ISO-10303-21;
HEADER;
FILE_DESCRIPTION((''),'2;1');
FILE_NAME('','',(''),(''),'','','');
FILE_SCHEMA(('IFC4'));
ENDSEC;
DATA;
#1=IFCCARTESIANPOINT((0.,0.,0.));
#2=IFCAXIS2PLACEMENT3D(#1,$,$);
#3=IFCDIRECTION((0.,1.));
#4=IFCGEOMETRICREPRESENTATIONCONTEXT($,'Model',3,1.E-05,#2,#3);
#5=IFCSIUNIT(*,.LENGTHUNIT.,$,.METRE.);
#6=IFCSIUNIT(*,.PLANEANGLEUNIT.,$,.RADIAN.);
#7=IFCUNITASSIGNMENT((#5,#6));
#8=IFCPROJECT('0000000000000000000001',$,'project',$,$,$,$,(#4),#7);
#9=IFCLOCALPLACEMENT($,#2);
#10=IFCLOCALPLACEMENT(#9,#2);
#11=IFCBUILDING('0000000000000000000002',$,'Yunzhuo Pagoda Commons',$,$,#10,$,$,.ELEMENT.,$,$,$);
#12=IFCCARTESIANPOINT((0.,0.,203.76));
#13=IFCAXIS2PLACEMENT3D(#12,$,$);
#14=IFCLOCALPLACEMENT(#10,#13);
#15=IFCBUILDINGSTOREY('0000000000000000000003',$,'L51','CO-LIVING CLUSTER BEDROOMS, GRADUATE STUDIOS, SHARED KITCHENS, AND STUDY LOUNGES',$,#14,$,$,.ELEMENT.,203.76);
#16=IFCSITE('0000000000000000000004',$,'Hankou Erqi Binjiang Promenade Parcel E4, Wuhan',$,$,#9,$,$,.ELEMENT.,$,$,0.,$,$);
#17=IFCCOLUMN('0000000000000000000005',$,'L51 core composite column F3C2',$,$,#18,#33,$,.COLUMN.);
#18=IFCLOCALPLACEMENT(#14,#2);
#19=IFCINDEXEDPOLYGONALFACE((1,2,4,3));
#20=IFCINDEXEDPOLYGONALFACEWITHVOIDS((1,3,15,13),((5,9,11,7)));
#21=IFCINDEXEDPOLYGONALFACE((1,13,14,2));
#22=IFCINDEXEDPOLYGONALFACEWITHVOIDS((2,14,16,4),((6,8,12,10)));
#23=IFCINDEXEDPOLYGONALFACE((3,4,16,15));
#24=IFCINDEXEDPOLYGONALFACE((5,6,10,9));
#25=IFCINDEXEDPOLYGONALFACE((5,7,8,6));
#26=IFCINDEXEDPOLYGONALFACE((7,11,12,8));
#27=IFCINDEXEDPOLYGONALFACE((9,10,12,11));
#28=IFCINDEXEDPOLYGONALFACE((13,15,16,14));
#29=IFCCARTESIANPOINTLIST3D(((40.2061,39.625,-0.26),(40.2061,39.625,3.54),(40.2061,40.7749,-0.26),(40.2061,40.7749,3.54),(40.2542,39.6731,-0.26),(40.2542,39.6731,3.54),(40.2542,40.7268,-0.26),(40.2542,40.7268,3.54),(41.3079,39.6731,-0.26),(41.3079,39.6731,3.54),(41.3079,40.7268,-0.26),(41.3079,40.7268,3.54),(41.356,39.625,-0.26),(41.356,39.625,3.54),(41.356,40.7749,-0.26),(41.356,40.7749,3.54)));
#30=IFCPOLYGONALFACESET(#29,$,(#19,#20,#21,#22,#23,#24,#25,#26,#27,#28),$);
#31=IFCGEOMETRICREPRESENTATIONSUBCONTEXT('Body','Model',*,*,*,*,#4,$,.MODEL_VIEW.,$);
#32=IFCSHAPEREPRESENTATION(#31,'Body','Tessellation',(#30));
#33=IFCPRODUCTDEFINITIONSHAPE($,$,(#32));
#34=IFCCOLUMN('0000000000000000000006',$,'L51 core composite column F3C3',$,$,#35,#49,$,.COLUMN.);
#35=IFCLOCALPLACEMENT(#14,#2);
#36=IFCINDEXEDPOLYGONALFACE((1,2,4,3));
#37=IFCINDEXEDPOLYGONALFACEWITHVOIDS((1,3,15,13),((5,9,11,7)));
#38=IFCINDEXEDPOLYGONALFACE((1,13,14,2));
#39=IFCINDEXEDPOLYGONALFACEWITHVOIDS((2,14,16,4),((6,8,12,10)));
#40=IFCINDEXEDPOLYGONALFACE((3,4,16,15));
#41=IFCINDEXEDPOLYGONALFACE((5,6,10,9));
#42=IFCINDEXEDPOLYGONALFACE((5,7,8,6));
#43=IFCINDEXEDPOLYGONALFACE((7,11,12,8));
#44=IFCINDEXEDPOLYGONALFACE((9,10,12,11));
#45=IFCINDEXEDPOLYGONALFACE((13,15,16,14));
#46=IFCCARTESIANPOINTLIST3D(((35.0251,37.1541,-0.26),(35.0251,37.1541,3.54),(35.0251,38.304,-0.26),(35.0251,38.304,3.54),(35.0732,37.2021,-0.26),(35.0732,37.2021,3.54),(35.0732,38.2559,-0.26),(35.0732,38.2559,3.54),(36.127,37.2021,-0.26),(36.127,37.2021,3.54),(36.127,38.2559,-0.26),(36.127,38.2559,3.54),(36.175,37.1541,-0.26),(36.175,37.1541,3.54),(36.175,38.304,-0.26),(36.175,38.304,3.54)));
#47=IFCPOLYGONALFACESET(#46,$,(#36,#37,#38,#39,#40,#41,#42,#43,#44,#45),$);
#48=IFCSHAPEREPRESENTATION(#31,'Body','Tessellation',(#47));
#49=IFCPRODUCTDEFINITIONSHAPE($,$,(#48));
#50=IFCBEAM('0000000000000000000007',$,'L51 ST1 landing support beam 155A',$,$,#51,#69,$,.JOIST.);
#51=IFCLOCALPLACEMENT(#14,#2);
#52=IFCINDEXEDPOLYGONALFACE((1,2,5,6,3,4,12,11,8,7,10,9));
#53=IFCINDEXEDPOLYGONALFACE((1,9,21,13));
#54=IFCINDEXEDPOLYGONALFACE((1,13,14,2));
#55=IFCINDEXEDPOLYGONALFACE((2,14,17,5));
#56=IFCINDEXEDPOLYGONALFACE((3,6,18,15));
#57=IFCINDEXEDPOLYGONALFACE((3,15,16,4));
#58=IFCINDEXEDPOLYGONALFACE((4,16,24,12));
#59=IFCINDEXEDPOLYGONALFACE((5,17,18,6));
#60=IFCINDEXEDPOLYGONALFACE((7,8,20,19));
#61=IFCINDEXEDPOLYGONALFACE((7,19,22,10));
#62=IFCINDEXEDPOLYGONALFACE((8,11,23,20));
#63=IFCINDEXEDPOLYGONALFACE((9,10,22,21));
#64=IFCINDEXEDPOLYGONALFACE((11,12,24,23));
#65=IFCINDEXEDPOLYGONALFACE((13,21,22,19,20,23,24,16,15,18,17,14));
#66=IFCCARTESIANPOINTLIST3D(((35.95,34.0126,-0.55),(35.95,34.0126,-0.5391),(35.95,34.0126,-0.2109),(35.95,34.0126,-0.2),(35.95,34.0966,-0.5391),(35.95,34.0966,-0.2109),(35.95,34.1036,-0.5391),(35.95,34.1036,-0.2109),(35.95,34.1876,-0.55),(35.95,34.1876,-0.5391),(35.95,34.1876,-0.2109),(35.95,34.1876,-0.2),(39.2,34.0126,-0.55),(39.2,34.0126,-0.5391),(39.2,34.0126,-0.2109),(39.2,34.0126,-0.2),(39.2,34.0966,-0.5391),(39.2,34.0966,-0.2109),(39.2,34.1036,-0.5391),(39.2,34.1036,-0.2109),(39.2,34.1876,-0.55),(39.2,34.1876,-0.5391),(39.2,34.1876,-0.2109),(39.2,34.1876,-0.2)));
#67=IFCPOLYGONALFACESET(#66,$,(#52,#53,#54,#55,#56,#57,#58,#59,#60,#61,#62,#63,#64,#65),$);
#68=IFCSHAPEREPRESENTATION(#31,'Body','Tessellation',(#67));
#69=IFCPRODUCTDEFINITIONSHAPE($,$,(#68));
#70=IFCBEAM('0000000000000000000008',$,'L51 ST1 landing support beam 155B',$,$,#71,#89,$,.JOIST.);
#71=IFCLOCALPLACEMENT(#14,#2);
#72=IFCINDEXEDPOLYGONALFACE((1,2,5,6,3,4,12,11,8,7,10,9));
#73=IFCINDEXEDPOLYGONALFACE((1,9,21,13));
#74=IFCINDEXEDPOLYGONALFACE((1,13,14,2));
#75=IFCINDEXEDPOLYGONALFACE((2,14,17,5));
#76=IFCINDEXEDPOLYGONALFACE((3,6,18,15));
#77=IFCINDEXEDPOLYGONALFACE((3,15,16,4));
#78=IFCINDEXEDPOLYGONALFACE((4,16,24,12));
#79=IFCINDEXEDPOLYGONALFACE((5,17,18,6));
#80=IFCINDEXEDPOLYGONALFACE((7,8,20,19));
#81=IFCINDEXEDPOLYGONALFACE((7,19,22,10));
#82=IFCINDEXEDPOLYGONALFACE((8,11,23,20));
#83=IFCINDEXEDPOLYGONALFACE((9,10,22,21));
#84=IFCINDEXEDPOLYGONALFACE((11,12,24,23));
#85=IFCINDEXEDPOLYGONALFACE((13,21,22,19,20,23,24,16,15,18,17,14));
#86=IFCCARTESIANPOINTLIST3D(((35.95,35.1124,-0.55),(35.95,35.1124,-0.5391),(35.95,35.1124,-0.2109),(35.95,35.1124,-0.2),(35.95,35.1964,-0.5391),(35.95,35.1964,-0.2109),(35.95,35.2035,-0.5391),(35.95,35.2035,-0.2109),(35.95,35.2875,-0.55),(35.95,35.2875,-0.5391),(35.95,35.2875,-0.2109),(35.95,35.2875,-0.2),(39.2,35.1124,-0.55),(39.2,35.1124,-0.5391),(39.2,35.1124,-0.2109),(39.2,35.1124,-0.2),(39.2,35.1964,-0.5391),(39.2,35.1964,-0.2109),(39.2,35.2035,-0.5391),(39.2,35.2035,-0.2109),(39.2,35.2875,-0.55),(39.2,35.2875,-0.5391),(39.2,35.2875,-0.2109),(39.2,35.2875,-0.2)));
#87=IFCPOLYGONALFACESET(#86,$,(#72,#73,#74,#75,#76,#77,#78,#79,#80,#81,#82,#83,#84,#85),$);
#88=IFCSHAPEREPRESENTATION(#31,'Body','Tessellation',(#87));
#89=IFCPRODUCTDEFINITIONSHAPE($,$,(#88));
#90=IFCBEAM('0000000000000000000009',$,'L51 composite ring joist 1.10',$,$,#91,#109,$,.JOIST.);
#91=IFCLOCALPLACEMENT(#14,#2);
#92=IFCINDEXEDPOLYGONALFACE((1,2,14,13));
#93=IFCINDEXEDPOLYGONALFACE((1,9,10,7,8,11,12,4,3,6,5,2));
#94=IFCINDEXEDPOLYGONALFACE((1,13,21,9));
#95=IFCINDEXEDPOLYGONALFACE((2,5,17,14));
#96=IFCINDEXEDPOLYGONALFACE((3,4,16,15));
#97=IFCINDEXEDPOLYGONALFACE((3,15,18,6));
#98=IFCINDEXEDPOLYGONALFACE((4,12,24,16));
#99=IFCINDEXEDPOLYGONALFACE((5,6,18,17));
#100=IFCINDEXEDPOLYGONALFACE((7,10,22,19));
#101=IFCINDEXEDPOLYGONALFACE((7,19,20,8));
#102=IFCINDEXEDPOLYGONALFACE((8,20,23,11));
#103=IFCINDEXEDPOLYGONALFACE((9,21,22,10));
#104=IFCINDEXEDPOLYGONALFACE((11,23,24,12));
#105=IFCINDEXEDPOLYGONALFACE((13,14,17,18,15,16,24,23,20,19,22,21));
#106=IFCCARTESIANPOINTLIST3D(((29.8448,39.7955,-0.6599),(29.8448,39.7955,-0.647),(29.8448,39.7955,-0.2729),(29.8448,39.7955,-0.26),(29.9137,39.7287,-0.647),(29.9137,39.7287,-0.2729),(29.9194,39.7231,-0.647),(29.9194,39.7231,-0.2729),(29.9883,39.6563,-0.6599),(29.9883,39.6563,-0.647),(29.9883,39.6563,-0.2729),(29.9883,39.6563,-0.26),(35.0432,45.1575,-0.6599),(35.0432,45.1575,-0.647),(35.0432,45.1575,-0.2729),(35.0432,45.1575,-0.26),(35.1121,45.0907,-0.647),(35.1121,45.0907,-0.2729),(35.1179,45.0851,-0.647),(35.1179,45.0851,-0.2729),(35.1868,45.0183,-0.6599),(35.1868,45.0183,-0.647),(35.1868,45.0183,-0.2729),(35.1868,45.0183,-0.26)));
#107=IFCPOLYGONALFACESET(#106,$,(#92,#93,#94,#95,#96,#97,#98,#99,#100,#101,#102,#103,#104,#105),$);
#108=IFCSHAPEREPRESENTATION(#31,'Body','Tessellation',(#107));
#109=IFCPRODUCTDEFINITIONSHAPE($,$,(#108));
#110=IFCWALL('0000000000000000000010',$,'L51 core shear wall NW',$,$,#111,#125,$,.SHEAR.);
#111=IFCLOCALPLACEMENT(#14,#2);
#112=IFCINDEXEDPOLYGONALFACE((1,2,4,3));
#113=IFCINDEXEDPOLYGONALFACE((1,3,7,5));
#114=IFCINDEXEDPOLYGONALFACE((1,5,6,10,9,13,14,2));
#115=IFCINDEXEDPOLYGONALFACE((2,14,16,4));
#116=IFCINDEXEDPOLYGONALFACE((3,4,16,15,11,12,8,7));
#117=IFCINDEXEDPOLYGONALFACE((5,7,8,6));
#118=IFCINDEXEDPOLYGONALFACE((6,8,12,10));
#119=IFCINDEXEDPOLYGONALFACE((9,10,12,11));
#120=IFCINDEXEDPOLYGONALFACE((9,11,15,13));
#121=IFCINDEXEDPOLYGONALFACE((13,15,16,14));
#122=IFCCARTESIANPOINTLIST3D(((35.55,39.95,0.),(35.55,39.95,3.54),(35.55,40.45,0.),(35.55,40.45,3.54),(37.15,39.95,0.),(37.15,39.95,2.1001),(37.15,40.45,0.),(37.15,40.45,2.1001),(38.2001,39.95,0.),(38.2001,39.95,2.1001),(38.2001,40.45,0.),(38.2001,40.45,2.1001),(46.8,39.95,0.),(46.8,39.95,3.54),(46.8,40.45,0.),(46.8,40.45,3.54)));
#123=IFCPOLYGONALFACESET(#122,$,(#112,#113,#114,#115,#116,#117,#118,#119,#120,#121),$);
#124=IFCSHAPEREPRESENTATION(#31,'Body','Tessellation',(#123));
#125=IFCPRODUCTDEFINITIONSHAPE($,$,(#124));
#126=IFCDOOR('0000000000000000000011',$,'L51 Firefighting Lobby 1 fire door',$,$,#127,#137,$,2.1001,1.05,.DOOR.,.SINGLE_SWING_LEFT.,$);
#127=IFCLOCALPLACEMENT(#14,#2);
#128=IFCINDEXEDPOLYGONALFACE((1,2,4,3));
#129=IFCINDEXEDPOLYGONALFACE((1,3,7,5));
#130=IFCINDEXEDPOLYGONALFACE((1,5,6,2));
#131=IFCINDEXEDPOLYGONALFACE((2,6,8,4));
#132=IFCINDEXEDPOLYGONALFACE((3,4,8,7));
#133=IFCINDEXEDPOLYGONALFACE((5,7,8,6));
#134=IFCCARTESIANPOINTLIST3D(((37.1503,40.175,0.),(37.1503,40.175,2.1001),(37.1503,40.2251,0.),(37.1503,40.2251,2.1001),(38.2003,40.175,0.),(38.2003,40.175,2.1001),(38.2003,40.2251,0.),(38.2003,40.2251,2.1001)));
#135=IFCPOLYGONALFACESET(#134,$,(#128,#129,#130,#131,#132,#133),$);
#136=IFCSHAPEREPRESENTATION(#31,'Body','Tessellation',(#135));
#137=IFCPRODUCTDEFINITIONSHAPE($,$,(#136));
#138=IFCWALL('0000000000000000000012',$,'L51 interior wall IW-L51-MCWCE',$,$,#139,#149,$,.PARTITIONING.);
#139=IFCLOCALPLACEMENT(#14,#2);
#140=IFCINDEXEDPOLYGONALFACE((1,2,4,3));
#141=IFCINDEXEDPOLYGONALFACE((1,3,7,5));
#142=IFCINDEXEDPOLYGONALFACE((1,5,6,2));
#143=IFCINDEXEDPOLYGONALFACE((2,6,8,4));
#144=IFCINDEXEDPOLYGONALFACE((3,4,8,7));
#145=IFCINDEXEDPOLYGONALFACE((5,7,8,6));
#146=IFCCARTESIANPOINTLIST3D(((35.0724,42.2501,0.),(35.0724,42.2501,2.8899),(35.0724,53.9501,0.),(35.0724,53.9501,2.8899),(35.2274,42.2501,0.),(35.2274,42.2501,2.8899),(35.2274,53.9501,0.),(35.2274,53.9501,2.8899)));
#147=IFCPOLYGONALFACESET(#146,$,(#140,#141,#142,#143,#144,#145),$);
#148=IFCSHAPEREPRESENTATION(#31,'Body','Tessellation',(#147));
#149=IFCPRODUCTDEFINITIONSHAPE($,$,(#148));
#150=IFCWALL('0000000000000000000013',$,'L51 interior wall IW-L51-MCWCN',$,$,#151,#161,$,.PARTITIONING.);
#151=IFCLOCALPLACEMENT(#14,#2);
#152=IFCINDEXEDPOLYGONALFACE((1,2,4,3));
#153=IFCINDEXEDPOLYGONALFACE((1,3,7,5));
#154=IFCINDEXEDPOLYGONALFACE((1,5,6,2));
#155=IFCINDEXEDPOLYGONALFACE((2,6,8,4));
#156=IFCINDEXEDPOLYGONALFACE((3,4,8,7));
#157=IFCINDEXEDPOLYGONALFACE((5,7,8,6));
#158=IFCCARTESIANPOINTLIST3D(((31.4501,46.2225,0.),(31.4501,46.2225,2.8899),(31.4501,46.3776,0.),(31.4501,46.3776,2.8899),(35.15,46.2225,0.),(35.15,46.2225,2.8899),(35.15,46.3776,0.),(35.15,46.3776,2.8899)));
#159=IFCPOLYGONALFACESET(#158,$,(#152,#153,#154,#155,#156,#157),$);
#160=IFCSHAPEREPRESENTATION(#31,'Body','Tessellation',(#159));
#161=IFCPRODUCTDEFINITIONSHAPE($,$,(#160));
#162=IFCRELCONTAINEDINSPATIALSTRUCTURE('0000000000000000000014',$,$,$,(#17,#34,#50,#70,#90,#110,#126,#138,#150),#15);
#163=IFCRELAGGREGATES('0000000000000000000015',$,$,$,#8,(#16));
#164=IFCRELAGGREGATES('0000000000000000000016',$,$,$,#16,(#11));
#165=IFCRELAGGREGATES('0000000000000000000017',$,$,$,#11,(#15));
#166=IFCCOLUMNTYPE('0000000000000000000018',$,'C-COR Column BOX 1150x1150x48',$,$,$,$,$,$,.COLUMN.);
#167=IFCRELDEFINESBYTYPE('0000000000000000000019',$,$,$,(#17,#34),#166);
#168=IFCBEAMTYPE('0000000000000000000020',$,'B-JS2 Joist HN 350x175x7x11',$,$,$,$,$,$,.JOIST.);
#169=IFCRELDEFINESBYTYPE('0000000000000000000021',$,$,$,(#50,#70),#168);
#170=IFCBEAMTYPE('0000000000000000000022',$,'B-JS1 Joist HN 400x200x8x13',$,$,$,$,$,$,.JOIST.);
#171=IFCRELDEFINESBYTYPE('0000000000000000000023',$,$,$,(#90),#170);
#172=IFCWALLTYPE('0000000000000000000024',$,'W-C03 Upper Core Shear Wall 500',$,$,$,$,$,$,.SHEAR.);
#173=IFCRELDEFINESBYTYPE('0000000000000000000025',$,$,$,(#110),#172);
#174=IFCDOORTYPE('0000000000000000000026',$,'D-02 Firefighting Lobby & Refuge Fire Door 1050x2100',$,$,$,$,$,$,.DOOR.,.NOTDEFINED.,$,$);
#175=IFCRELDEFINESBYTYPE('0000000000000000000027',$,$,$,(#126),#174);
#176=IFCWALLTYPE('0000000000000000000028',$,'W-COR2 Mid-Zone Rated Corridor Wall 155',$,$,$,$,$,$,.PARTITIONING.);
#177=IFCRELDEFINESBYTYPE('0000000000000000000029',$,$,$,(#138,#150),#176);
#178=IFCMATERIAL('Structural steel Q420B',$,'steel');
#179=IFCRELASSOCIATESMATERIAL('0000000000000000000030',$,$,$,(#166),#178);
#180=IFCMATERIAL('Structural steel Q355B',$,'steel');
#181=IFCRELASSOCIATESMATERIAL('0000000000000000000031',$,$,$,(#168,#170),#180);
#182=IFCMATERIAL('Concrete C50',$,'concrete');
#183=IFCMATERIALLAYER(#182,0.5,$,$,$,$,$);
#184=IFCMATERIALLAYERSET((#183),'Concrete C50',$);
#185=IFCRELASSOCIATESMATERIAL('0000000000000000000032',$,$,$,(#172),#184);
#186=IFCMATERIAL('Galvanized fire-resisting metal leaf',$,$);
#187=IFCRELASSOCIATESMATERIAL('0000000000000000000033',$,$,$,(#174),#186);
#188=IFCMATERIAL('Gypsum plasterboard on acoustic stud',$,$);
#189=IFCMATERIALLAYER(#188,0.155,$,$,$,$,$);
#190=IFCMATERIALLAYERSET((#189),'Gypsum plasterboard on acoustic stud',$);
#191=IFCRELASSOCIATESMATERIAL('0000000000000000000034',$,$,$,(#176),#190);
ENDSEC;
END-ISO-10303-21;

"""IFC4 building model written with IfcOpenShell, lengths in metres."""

from ifc_helpers import new_model, si_unit, direction, frame, frame_2d, origin, origin_2d, place, context, subcontext, project, spatial, rectangle, hollow_rectangle, i_section, extrude, source, transform, mapped, material, layer, layer_set, material_profile, profile_set, type_object, element, fill, save


model = new_model("IFC4")

# Units and contexts
model_context = context("Model", 3, precision=1e-05, world=origin(), true_north=direction((0.0, 1.0)))
body_context = subcontext(model_context, "Body", "Model", "MODEL_VIEW")
ifc_project = project(units=[si_unit("LENGTHUNIT", "METRE"), si_unit("PLANEANGLEUNIT", "RADIAN")], contexts=[model_context])

# Site, building, storey
site_placement = place(None, origin())
site = spatial("IfcSite", under=ifc_project, at=site_placement, Name="Hankou Erqi Binjiang Promenade Parcel E4, Wuhan", CompositionType="ELEMENT", RefElevation=0.0)
building_placement = place(site_placement, origin())
building = spatial("IfcBuilding", under=site, at=building_placement, Name="Yunzhuo Pagoda Commons", CompositionType="ELEMENT")
storey_placement = place(building_placement, frame((0.0, 0.0, 203.76)))
storey = spatial("IfcBuildingStorey", under=building, at=storey_placement, Name="L51", Description="CO-LIVING CLUSTER BEDROOMS, GRADUATE STUDIOS, SHARED KITCHENS, AND STUDY LOUNGES", CompositionType="ELEMENT", Elevation=203.76)

# Columns
ifc_material_1 = material(Name="Structural steel Q420B", Category="steel")
ifc_material_profile_1 = material_profile(ifc_material_1, hollow_rectangle(XDim=1.1499, YDim=1.1499, WallThickness=0.0481, at=origin_2d()), Name="Structural steel Q420B")
ifc_profile_set_1 = profile_set([ifc_material_profile_1], Name="Structural steel Q420B")
column_type = type_object("IfcColumnType", Name="C-COR Column BOX 1150x1150x48", PredefinedType="COLUMN", material=ifc_profile_set_1)
shared_shape_1 = source(origin(), body_context, "Body", "SweptSolid", [
    extrude(hollow_rectangle(XDim=1.1499, YDim=1.1499, WallThickness=0.0481, at=origin_2d()), origin(), (0.0, 0.0, 1.0), 3.8),
])
for number, where, z_axis, x_axis, name in (
    (1, (40.781, 40.2, -0.26), (0.0, 0.0, 1.0), (1.0, 0.0, 0.0), "L51 core composite column F3C2"),
    (2, (35.6001, 37.729, -0.26), (0.0, 0.0, 1.0), (1.0, 0.0, 0.0), "L51 core composite column F3C3"),
):
    element("IfcColumn", number, at=place(storey_placement, frame(where, z_axis=z_axis, x_axis=x_axis)), inside=storey, type_object=column_type, Name=name, PredefinedType="COLUMN", context=body_context, shape_type="MappedRepresentation", body=[
        mapped(shared_shape_1, transform((0.0, 0.0, 0.0), scale=1.0)),
    ])

# Beams
ifc_material_2 = material(Name="Structural steel Q355B", Category="steel")
ifc_material_profile_2 = material_profile(ifc_material_2, i_section(OverallWidth=0.175, OverallDepth=0.3501, WebThickness=0.0071, FlangeThickness=0.011, at=origin_2d()), Name="Structural steel Q355B")
ifc_profile_set_2 = profile_set([ifc_material_profile_2], Name="Structural steel Q355B")
beam_type_1 = type_object("IfcBeamType", Name="B-JS2 Joist HN 350x175x7x11", PredefinedType="JOIST", material=ifc_profile_set_2)
shared_shape_2 = source(origin(), body_context, "Body", "SweptSolid", [
    extrude(i_section(OverallWidth=0.175, OverallDepth=0.3501, WebThickness=0.0071, FlangeThickness=0.011, at=origin_2d()), origin(), (0.0, 0.0, 1.0), 3.25),
])
for number, where, z_axis, x_axis, name in (
    (3, (35.95, 34.1001, -0.375), (1.0, 0.0, 0.0), (0.0, 1.0, 0.0), "L51 ST1 landing support beam 155A"),
    (4, (35.95, 35.2, -0.375), (1.0, 0.0, 0.0), (0.0, 1.0, 0.0), "L51 ST1 landing support beam 155B"),
):
    element("IfcBeam", number, at=place(storey_placement, frame(where, z_axis=z_axis, x_axis=x_axis)), inside=storey, type_object=beam_type_1, Name=name, PredefinedType="JOIST", context=body_context, shape_type="MappedRepresentation", body=[
        mapped(shared_shape_2, transform((0.0, 0.0, 0.0), scale=1.0)),
    ])
ifc_material_profile_3 = material_profile(ifc_material_2, i_section(OverallWidth=0.2, OverallDepth=0.3999, WebThickness=0.0081, FlangeThickness=0.0129, at=origin_2d()), Name="Structural steel Q355B")
ifc_profile_set_3 = profile_set([ifc_material_profile_3], Name="Structural steel Q355B")
beam_type_2 = type_object("IfcBeamType", Name="B-JS1 Joist HN 400x200x8x13", PredefinedType="JOIST", material=ifc_profile_set_3)
shared_shape_3 = source(origin(), body_context, "Body", "SweptSolid", [
    extrude(i_section(OverallWidth=0.2, OverallDepth=0.3999, WebThickness=0.0081, FlangeThickness=0.0129, at=origin_2d()), origin(), (0.0, 0.0, 1.0), 7.4683),
])
beam_placement = place(storey_placement, frame((35.115, 45.0879, -0.46), z_axis=(-0.696071, -0.717973, 0.0), x_axis=(0.717973, -0.696071, 0.0)))
element("IfcBeam", 5, at=beam_placement, inside=storey, type_object=beam_type_2, Name="L51 composite ring joist 1.10", PredefinedType="JOIST", context=body_context, shape_type="MappedRepresentation", body=[
    mapped(shared_shape_3, transform((0.0, 0.0, 0.0), scale=1.0)),
])

# Wall, opening, door
ifc_material_3 = material(Name="Concrete C50", Category="concrete")
ifc_layer_1 = layer(ifc_material_3, 0.5)
ifc_layer_set_1 = layer_set([ifc_layer_1], Name="Concrete C50")
wall_type_1 = type_object("IfcWallType", Name="W-C03 Upper Core Shear Wall 500", PredefinedType="SHEAR", material=ifc_layer_set_1)
wall_1_placement = place(storey_placement, frame((35.55, 40.2, 0.0), z_axis=(0.0, 0.0, 1.0), x_axis=(1.0, 0.0, 0.0)))
wall_1 = element("IfcWall", 6, at=wall_1_placement, inside=storey, type_object=wall_type_1, Name="L51 core shear wall NW", PredefinedType="SHEAR", context=body_context, shape_type="SweptSolid", body=[
    extrude(rectangle(XDim=11.25, YDim=0.5, at=frame_2d((5.625, 0.0))), origin(), (0.0, 0.0, 1.0), 3.54),
])
opening_1_placement = place(wall_1_placement, frame((1.6001, 0.0, 0.0)))
opening_1 = element("IfcOpeningElement", 7, at=opening_1_placement, cuts=wall_1, PredefinedType="OPENING", context=body_context, shape_type="SweptSolid", body=[
    extrude(rectangle(XDim=1.05, YDim=2.1001, at=frame_2d((0.5249, 1.05))), frame((0.0, 0.26, 0.0), z_axis=(0.0, -1.0, 0.0), x_axis=(1.0, 0.0, 0.0)), (0.0, 0.0, 1.0), 0.52),
])
ifc_material_4 = material(Name="Galvanized fire-resisting metal leaf")
door_type_1 = type_object("IfcDoorType", Name="D-02 Firefighting Lobby & Refuge Fire Door 1050x2100", OperationType="NOTDEFINED", PredefinedType="DOOR", material=ifc_material_4)
shared_shape_4 = source(origin(), body_context, "Body", "SweptSolid", [
    extrude(rectangle(XDim=1.05, YDim=2.1001, at=frame_2d((0.5249, 1.05))), frame((0.0, 0.0249, 0.0), z_axis=(0.0, -1.0, 0.0), x_axis=(1.0, 0.0, 0.0)), (0.0, 0.0, 1.0), 0.05),
])
door_1_placement = place(opening_1_placement, frame((1.05, 0.0, 0.0), z_axis=(0.0, 0.0, 1.0), x_axis=(-1.0, 0.0, 0.0)))
door_1 = element("IfcDoor", 8, at=door_1_placement, inside=storey, type_object=door_type_1, Name="L51 Firefighting Lobby 1 fire door", OperationType="SINGLE_SWING_LEFT", OverallHeight=2.1001, OverallWidth=1.05, PredefinedType="DOOR", context=body_context, shape_type="MappedRepresentation", body=[
    mapped(shared_shape_4, transform((0.0, 0.0, 0.0), scale=1.0)),
])
fill(opening_1, door_1)

# Walls
ifc_material_5 = material(Name="Gypsum plasterboard on acoustic stud")
ifc_layer_2 = layer(ifc_material_5, 0.155)
ifc_layer_set_2 = layer_set([ifc_layer_2], Name="Gypsum plasterboard on acoustic stud")
wall_type_2 = type_object("IfcWallType", Name="W-COR2 Mid-Zone Rated Corridor Wall 155", PredefinedType="PARTITIONING", material=ifc_layer_set_2)
wall_2_placement = place(storey_placement, frame((35.1499, 42.25, 0.0), z_axis=(0.0, 0.0, 1.0), x_axis=(0.0, 1.0, 0.0)))
element("IfcWall", 9, at=wall_2_placement, inside=storey, type_object=wall_type_2, Name="L51 interior wall IW-L51-MCWCE", PredefinedType="PARTITIONING", context=body_context, shape_type="SweptSolid", body=[
    extrude(rectangle(XDim=11.7, YDim=0.155, at=frame_2d((5.8501, 0.0))), origin(), (0.0, 0.0, 1.0), 2.8899),
])
wall_3_placement = place(storey_placement, frame((31.45, 46.3, 0.0), z_axis=(0.0, 0.0, 1.0), x_axis=(1.0, 0.0, 0.0)))
element("IfcWall", 10, at=wall_3_placement, inside=storey, type_object=wall_type_2, Name="L51 interior wall IW-L51-MCWCN", PredefinedType="PARTITIONING", context=body_context, shape_type="SweptSolid", body=[
    extrude(rectangle(XDim=3.7, YDim=0.155, at=frame_2d((1.8501, 0.0))), origin(), (0.0, 0.0, 1.0), 2.8899),
])

save(model, "model.ifc")
